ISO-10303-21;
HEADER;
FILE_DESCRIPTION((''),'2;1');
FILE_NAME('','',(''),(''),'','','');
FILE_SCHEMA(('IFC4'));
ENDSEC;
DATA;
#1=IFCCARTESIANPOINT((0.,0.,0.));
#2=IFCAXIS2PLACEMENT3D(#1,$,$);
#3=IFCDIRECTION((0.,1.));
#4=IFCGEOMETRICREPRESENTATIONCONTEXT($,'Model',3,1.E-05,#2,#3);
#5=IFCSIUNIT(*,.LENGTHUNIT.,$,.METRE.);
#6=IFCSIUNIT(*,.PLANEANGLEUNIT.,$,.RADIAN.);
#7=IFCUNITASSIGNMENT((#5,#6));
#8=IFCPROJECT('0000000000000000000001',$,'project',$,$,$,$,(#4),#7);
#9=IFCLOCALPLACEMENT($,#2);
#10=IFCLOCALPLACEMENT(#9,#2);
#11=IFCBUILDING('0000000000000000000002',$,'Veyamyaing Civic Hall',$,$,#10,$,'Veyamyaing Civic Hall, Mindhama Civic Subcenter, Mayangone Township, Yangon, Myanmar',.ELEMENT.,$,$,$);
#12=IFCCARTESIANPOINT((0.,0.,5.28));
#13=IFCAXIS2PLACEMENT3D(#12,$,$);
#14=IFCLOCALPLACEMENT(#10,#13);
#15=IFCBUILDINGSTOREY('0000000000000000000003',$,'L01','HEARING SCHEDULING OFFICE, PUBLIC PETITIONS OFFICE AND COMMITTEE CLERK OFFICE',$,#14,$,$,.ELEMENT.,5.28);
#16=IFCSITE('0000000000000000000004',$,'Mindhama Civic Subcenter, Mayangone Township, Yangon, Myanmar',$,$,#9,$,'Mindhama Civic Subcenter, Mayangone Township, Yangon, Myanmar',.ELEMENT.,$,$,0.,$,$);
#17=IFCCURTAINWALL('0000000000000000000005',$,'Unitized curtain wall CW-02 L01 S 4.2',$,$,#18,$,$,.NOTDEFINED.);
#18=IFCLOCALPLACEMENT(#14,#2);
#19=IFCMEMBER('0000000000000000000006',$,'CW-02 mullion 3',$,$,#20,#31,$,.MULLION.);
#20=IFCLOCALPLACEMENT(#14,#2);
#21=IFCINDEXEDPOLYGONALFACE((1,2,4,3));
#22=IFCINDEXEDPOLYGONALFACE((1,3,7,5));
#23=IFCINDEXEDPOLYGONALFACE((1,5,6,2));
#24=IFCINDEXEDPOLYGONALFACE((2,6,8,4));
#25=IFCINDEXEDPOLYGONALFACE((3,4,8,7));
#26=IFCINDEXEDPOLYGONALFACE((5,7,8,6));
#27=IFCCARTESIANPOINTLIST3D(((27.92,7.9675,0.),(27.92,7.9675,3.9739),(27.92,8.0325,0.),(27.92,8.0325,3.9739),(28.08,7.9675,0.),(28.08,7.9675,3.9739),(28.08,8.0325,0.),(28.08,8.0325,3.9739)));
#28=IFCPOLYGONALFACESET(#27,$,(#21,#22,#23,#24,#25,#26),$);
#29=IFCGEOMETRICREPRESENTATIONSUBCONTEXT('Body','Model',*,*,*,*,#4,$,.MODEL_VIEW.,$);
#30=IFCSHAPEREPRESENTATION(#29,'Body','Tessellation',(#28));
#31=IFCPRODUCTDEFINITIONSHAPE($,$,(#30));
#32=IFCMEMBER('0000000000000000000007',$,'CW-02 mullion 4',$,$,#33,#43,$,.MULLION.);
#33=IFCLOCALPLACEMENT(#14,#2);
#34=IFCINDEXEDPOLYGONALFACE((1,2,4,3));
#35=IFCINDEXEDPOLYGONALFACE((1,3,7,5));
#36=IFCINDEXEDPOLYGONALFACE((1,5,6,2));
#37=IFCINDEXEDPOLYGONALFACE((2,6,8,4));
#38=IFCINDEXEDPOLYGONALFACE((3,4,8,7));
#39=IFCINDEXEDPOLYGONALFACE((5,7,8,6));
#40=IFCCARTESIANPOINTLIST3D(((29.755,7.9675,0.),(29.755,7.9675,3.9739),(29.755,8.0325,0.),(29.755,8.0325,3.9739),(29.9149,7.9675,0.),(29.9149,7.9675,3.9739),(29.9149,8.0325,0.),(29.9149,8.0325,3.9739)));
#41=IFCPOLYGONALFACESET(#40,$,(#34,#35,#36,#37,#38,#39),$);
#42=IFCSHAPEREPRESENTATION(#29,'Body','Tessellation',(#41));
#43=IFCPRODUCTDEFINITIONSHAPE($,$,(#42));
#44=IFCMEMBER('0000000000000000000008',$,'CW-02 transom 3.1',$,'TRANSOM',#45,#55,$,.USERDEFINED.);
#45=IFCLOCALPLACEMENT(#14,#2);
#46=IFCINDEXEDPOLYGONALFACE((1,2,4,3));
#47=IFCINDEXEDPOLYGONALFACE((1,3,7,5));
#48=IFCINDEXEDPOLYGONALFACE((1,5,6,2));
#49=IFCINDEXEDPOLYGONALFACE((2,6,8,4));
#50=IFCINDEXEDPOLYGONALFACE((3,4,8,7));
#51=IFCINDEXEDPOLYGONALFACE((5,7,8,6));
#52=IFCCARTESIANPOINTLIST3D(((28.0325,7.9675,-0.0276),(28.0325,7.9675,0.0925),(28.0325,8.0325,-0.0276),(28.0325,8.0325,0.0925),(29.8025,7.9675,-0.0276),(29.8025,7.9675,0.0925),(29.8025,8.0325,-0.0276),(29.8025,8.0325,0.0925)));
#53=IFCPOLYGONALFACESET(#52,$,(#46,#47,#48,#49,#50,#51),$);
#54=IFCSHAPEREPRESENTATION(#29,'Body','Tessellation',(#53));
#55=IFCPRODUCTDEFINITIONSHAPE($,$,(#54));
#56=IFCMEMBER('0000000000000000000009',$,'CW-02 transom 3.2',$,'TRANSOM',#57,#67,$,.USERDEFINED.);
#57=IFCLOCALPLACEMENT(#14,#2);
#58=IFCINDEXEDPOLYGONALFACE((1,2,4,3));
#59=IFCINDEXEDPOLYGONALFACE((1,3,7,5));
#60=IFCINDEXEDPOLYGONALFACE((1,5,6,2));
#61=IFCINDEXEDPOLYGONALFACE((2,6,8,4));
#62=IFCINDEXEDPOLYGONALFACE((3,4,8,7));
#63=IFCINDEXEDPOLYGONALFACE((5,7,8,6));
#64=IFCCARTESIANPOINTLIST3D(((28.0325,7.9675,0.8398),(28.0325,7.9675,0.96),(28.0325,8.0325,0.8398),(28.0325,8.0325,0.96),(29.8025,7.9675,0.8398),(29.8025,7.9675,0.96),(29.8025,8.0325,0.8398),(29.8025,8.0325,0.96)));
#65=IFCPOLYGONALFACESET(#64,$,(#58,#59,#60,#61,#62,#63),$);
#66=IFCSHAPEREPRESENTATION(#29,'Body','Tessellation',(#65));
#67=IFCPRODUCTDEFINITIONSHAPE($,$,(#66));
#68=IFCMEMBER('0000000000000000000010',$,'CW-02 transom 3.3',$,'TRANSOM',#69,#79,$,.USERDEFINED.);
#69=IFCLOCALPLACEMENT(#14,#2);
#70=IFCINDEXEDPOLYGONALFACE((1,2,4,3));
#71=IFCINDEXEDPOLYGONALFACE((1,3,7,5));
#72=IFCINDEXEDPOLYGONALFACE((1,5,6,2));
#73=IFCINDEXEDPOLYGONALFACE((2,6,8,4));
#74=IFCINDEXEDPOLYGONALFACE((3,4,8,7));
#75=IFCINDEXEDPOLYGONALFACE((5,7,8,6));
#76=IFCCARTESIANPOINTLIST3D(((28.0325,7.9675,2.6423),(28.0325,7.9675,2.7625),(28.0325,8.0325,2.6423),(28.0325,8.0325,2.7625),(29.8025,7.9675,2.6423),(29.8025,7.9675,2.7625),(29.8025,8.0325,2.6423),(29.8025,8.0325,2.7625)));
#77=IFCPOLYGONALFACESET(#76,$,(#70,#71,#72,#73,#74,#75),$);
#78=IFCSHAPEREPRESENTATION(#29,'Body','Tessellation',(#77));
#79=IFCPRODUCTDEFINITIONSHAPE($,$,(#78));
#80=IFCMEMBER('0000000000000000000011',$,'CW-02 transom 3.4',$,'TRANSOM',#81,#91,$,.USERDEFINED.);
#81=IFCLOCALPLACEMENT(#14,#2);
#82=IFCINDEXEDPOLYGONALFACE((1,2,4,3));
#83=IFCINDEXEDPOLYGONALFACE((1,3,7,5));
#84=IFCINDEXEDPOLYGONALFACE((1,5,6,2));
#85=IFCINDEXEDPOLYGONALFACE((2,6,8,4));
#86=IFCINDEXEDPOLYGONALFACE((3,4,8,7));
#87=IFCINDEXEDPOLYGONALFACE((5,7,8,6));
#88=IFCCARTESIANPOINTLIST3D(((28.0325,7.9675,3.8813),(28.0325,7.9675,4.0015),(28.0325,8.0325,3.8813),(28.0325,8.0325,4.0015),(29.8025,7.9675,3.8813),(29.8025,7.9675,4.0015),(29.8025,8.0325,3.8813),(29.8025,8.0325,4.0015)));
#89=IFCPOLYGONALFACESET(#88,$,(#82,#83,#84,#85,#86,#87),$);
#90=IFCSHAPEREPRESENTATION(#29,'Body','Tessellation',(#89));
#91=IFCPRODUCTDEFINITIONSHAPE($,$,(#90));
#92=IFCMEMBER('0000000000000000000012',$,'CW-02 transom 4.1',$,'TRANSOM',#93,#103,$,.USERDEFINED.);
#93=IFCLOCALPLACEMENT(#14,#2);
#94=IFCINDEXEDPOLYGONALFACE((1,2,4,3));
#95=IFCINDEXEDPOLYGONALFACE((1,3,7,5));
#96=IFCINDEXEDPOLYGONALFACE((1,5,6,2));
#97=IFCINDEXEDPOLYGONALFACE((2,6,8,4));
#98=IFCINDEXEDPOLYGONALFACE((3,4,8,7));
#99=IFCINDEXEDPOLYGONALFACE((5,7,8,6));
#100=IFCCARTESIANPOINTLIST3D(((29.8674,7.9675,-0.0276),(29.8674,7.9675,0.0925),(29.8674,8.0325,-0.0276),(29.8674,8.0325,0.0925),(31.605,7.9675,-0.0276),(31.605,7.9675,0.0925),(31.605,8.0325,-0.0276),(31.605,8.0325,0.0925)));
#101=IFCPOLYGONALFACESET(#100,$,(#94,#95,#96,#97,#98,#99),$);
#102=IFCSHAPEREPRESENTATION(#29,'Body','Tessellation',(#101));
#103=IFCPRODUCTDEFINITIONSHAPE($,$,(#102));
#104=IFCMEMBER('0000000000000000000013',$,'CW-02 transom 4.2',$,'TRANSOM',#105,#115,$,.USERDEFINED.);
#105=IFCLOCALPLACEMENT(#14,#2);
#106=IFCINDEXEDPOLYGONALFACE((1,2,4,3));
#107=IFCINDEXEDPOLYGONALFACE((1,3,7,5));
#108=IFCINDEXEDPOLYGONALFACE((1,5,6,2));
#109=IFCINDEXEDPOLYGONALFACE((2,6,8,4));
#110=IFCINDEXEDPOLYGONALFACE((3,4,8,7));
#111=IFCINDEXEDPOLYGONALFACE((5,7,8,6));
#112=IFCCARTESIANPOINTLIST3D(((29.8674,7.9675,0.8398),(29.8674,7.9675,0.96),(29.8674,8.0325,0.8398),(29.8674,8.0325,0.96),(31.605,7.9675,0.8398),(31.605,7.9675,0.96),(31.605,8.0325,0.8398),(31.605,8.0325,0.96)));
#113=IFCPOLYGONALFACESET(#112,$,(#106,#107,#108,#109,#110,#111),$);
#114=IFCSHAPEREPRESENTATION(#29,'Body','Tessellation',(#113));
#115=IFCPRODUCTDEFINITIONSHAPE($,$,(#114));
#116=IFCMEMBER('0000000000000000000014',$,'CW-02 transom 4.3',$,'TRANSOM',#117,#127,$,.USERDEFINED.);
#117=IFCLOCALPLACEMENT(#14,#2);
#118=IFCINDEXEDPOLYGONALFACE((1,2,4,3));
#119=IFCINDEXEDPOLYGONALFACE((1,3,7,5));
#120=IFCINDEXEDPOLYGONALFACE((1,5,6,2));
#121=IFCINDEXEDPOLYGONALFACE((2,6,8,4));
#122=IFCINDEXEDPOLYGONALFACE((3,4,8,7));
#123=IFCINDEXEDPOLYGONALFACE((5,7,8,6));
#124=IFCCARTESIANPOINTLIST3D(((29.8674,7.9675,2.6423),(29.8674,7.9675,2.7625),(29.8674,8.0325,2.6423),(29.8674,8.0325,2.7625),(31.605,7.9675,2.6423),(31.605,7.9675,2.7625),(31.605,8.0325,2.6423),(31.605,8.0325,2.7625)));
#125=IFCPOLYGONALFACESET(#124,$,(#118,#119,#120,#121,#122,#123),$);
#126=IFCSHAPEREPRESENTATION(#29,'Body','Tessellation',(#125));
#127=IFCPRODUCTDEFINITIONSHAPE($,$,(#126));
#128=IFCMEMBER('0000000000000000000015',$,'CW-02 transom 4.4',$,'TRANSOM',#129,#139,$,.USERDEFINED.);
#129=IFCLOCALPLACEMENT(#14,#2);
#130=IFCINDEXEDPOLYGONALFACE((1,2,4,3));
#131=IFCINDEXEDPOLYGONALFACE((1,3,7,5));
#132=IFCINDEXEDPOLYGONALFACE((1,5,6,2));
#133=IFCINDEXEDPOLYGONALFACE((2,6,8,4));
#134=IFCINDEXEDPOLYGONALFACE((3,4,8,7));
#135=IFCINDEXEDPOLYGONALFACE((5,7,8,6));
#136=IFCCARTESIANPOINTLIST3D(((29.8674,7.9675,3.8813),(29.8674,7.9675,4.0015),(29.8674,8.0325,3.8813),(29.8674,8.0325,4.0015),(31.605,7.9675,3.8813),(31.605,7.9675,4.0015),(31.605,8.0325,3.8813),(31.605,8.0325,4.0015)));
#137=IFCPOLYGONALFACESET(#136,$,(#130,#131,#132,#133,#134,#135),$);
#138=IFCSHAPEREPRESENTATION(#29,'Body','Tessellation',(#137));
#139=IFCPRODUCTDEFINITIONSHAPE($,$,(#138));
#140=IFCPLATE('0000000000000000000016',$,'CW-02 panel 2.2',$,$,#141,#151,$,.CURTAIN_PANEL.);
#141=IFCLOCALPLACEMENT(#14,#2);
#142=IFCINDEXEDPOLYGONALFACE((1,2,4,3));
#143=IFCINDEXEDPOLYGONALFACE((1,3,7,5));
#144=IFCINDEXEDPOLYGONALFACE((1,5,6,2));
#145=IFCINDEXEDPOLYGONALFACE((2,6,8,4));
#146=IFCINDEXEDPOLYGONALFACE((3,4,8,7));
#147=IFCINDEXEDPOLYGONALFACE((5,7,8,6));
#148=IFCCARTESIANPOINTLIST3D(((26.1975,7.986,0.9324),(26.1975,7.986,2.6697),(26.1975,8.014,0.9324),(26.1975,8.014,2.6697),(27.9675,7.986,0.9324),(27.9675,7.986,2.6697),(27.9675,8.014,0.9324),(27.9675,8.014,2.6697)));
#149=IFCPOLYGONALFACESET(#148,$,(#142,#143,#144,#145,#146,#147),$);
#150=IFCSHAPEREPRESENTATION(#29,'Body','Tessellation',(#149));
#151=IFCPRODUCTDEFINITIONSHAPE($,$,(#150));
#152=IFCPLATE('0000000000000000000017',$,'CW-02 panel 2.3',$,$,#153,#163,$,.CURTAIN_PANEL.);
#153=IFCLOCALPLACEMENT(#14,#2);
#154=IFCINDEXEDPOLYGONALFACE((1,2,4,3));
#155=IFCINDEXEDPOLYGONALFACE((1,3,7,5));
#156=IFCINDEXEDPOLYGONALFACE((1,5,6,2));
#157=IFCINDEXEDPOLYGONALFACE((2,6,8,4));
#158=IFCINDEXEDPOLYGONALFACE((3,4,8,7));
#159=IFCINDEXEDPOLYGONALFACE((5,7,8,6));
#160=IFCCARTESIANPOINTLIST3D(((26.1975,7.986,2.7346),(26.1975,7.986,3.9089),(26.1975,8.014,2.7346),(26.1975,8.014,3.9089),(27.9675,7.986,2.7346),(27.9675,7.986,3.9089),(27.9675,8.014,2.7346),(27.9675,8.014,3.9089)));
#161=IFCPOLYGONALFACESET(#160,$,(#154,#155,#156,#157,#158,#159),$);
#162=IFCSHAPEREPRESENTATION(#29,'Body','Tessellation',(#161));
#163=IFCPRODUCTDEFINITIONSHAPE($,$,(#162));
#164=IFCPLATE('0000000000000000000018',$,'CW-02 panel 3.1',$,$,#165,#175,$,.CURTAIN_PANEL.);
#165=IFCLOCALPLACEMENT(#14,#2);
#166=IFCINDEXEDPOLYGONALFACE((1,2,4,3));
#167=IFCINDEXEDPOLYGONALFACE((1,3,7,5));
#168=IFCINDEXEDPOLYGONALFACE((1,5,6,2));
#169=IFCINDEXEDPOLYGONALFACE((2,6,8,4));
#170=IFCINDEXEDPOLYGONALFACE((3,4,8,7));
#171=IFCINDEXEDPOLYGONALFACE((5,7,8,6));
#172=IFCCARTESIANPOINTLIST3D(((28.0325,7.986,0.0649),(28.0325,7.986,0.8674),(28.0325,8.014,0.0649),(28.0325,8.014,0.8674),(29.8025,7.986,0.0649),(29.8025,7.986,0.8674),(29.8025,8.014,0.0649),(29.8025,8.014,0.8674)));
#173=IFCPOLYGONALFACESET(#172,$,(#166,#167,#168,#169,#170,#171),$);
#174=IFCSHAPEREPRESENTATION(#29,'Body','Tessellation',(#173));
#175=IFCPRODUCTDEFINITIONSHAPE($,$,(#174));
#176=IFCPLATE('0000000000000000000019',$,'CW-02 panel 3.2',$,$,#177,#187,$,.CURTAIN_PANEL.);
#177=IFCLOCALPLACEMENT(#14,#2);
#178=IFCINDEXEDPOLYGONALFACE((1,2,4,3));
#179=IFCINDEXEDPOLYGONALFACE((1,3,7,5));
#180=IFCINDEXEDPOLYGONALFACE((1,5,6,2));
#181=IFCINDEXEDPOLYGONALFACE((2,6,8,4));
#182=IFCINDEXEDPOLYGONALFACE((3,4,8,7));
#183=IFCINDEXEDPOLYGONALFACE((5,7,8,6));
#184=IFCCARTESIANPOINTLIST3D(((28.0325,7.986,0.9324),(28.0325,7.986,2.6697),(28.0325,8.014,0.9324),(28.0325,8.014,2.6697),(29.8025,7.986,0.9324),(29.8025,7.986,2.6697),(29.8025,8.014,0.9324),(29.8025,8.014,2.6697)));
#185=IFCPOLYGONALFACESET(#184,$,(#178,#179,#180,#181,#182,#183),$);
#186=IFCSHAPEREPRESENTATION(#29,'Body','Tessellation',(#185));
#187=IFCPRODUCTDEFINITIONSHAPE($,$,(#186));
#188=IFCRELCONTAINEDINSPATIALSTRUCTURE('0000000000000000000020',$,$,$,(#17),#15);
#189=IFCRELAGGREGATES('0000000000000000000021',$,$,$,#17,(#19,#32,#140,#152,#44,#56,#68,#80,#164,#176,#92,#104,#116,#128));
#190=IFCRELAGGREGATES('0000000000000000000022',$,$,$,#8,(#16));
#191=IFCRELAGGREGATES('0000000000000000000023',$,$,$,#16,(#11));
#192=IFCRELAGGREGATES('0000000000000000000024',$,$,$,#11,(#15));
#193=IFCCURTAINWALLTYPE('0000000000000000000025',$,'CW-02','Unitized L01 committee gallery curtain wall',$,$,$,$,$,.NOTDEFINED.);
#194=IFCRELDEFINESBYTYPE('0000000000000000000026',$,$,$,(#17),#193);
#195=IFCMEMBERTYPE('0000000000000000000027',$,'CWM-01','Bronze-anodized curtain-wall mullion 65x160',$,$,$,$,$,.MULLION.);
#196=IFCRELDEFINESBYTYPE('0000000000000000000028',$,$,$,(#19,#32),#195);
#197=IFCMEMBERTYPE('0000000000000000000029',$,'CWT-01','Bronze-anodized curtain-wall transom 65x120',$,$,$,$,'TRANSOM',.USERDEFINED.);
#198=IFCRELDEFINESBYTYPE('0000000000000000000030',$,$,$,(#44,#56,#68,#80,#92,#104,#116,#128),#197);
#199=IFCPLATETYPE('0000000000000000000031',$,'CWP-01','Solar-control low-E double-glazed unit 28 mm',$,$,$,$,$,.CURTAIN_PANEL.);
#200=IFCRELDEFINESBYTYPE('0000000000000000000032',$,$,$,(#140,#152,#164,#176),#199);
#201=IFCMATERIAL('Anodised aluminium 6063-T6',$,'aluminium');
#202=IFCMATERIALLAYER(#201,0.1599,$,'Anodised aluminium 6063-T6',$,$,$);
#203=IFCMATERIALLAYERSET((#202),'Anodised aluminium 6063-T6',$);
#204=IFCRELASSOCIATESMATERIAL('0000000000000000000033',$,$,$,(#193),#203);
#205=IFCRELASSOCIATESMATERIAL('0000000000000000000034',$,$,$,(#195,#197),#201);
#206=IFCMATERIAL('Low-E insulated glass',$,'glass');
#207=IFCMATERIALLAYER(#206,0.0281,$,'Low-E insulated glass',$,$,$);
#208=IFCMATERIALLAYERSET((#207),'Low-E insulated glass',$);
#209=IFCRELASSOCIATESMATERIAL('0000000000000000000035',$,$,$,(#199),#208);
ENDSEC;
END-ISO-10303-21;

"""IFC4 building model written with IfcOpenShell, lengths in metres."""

from ifc_helpers import new_model, si_unit, direction, frame, origin, origin_2d, place, context, subcontext, project, spatial, rectangle, extrude, material, layer, layer_set, material_profile, profile_set, type_object, element, aggregate, save


model = new_model("IFC4")

# Units and contexts
model_context = context("Model", 3, precision=1e-05, world=origin(), true_north=direction((0.0, 1.0)))
body_context = subcontext(model_context, "Body", "Model", "MODEL_VIEW")
ifc_project = project(units=[si_unit("LENGTHUNIT", "METRE"), si_unit("PLANEANGLEUNIT", "RADIAN")], contexts=[model_context])

# Site, building, storey
site_placement = place(None, origin())
site = spatial("IfcSite", under=ifc_project, at=site_placement, Name="Mindhama Civic Subcenter, Mayangone Township, Yangon, Myanmar", LongName="Mindhama Civic Subcenter, Mayangone Township, Yangon, Myanmar", CompositionType="ELEMENT", RefElevation=0.0)
building_placement = place(site_placement, origin())
building = spatial("IfcBuilding", under=site, at=building_placement, Name="Veyamyaing Civic Hall", LongName="Veyamyaing Civic Hall, Mindhama Civic Subcenter, Mayangone Township, Yangon, Myanmar", CompositionType="ELEMENT")
storey_placement = place(building_placement, frame((0.0, 0.0, 5.28)))
storey = spatial("IfcBuildingStorey", under=building, at=storey_placement, Name="L01", Description="HEARING SCHEDULING OFFICE, PUBLIC PETITIONS OFFICE AND COMMITTEE CLERK OFFICE", CompositionType="ELEMENT", Elevation=5.28)

# Curtain wall, members, plates
ifc_material_1 = material(Name="Anodised aluminium 6063-T6", Category="aluminium")
ifc_layer_1 = layer(ifc_material_1, 0.1599, Name="Anodised aluminium 6063-T6")
ifc_layer_set_1 = layer_set([ifc_layer_1], Name="Anodised aluminium 6063-T6")
curtain_wall_type = type_object("IfcCurtainWallType", Name="CW-02", Description="Unitized L01 committee gallery curtain wall", PredefinedType="NOTDEFINED", material=ifc_layer_set_1)
curtain_wall_placement = place(storey_placement, origin())
curtain_wall = element("IfcCurtainWall", 1, at=curtain_wall_placement, inside=storey, type_object=curtain_wall_type, Name="Unitized curtain wall CW-02 L01 S 4.2", PredefinedType="NOTDEFINED")
ifc_material_profile_1 = material_profile(ifc_material_1, rectangle(XDim=0.0649, YDim=0.1599, at=origin_2d()), Name="ALU-MUL-65X160")
ifc_profile_set_1 = profile_set([ifc_material_profile_1], Name="Anodised aluminium 6063-T6")
member_type_1 = type_object("IfcMemberType", Name="CWM-01", Description="Bronze-anodized curtain-wall mullion 65x160", PredefinedType="MULLION", material=ifc_profile_set_1)
member_1_placement = place(storey_placement, frame((28.0, 8.0, 0.0), z_axis=(0.0, 0.0, 1.0), x_axis=(0.0, 1.0, 0.0)))
member_1 = element("IfcMember", 2, at=member_1_placement, type_object=member_type_1, Name="CW-02 mullion 3", PredefinedType="MULLION", context=body_context, shape_type="SweptSolid", body=[
    extrude(rectangle(XDim=0.0649, YDim=0.1599, at=origin_2d()), origin(), (0.0, 0.0, 1.0), 3.9739),
])
member_2_placement = place(storey_placement, frame((29.835, 8.0, 0.0), z_axis=(0.0, 0.0, 1.0), x_axis=(0.0, 1.0, 0.0)))
member_2 = element("IfcMember", 3, at=member_2_placement, type_object=member_type_1, Name="CW-02 mullion 4", PredefinedType="MULLION", context=body_context, shape_type="SweptSolid", body=[
    extrude(rectangle(XDim=0.0649, YDim=0.1599, at=origin_2d()), origin(), (0.0, 0.0, 1.0), 3.9739),
])
ifc_material_profile_2 = material_profile(ifc_material_1, rectangle(XDim=0.0649, YDim=0.1201, at=origin_2d()), Name="ALU-TRN-65X120")
ifc_profile_set_2 = profile_set([ifc_material_profile_2], Name="Anodised aluminium 6063-T6")
member_type_2 = type_object("IfcMemberType", Name="CWT-01", Description="Bronze-anodized curtain-wall transom 65x120", ElementType="TRANSOM", PredefinedType="USERDEFINED", material=ifc_profile_set_2)
member_3_placement = place(storey_placement, frame((28.0325, 8.0, 0.0325), z_axis=(1.0, 0.0, 0.0), x_axis=(0.0, 1.0, 0.0)))
member_3 = element("IfcMember", 4, at=member_3_placement, type_object=member_type_2, Name="CW-02 transom 3.1", ObjectType="TRANSOM", PredefinedType="USERDEFINED", context=body_context, shape_type="SweptSolid", body=[
    extrude(rectangle(XDim=0.0649, YDim=0.1201, at=origin_2d()), origin(), (0.0, 0.0, 1.0), 1.77),
])
member_4_placement = place(storey_placement, frame((28.0325, 8.0, 0.8999), z_axis=(1.0, 0.0, 0.0), x_axis=(0.0, 1.0, 0.0)))
member_4 = element("IfcMember", 5, at=member_4_placement, type_object=member_type_2, Name="CW-02 transom 3.2", ObjectType="TRANSOM", PredefinedType="USERDEFINED", context=body_context, shape_type="SweptSolid", body=[
    extrude(rectangle(XDim=0.0649, YDim=0.1201, at=origin_2d()), origin(), (0.0, 0.0, 1.0), 1.77),
])
member_5_placement = place(storey_placement, frame((28.0325, 8.0, 2.7024), z_axis=(1.0, 0.0, 0.0), x_axis=(0.0, 1.0, 0.0)))
member_5 = element("IfcMember", 6, at=member_5_placement, type_object=member_type_2, Name="CW-02 transom 3.3", ObjectType="TRANSOM", PredefinedType="USERDEFINED", context=body_context, shape_type="SweptSolid", body=[
    extrude(rectangle(XDim=0.0649, YDim=0.1201, at=origin_2d()), origin(), (0.0, 0.0, 1.0), 1.77),
])
member_6_placement = place(storey_placement, frame((28.0325, 8.0, 3.9414), z_axis=(1.0, 0.0, 0.0), x_axis=(0.0, 1.0, 0.0)))
member_6 = element("IfcMember", 7, at=member_6_placement, type_object=member_type_2, Name="CW-02 transom 3.4", ObjectType="TRANSOM", PredefinedType="USERDEFINED", context=body_context, shape_type="SweptSolid", body=[
    extrude(rectangle(XDim=0.0649, YDim=0.1201, at=origin_2d()), origin(), (0.0, 0.0, 1.0), 1.77),
])
member_7_placement = place(storey_placement, frame((29.8674, 8.0, 0.0325), z_axis=(1.0, 0.0, 0.0), x_axis=(0.0, 1.0, 0.0)))
member_7 = element("IfcMember", 8, at=member_7_placement, type_object=member_type_2, Name="CW-02 transom 4.1", ObjectType="TRANSOM", PredefinedType="USERDEFINED", context=body_context, shape_type="SweptSolid", body=[
    extrude(rectangle(XDim=0.0649, YDim=0.1201, at=origin_2d()), origin(), (0.0, 0.0, 1.0), 1.7375),
])
member_8_placement = place(storey_placement, frame((29.8674, 8.0, 0.8999), z_axis=(1.0, 0.0, 0.0), x_axis=(0.0, 1.0, 0.0)))
member_8 = element("IfcMember", 9, at=member_8_placement, type_object=member_type_2, Name="CW-02 transom 4.2", ObjectType="TRANSOM", PredefinedType="USERDEFINED", context=body_context, shape_type="SweptSolid", body=[
    extrude(rectangle(XDim=0.0649, YDim=0.1201, at=origin_2d()), origin(), (0.0, 0.0, 1.0), 1.7375),
])
member_9_placement = place(storey_placement, frame((29.8674, 8.0, 2.7024), z_axis=(1.0, 0.0, 0.0), x_axis=(0.0, 1.0, 0.0)))
member_9 = element("IfcMember", 10, at=member_9_placement, type_object=member_type_2, Name="CW-02 transom 4.3", ObjectType="TRANSOM", PredefinedType="USERDEFINED", context=body_context, shape_type="SweptSolid", body=[
    extrude(rectangle(XDim=0.0649, YDim=0.1201, at=origin_2d()), origin(), (0.0, 0.0, 1.0), 1.7375),
])
member_10_placement = place(storey_placement, frame((29.8674, 8.0, 3.9414), z_axis=(1.0, 0.0, 0.0), x_axis=(0.0, 1.0, 0.0)))
member_10 = element("IfcMember", 11, at=member_10_placement, type_object=member_type_2, Name="CW-02 transom 4.4", ObjectType="TRANSOM", PredefinedType="USERDEFINED", context=body_context, shape_type="SweptSolid", body=[
    extrude(rectangle(XDim=0.0649, YDim=0.1201, at=origin_2d()), origin(), (0.0, 0.0, 1.0), 1.7375),
])
ifc_material_2 = material(Name="Low-E insulated glass", Category="glass")
ifc_layer_2 = layer(ifc_material_2, 0.0281, Name="Low-E insulated glass")
ifc_layer_set_2 = layer_set([ifc_layer_2], Name="Low-E insulated glass")
plate_type = type_object("IfcPlateType", Name="CWP-01", Description="Solar-control low-E double-glazed unit 28 mm", PredefinedType="CURTAIN_PANEL", material=ifc_layer_set_2)
plate_1_placement = place(storey_placement, frame((27.0825, 8.0, 0.9324), z_axis=(0.0, 0.0, 1.0), x_axis=(1.0, 0.0, 0.0)))
plate_1 = element("IfcPlate", 12, at=plate_1_placement, type_object=plate_type, Name="CW-02 panel 2.2", PredefinedType="CURTAIN_PANEL", context=body_context, shape_type="SweptSolid", body=[
    extrude(rectangle(XDim=1.77, YDim=0.0281, at=origin_2d()), origin(), (0.0, 0.0, 1.0), 1.7373),
])
plate_2_placement = place(storey_placement, frame((27.0825, 8.0, 2.7346), z_axis=(0.0, 0.0, 1.0), x_axis=(1.0, 0.0, 0.0)))
plate_2 = element("IfcPlate", 13, at=plate_2_placement, type_object=plate_type, Name="CW-02 panel 2.3", PredefinedType="CURTAIN_PANEL", context=body_context, shape_type="SweptSolid", body=[
    extrude(rectangle(XDim=1.77, YDim=0.0281, at=origin_2d()), origin(), (0.0, 0.0, 1.0), 1.1743),
])
plate_3_placement = place(storey_placement, frame((28.9175, 8.0, 0.0649), z_axis=(0.0, 0.0, 1.0), x_axis=(1.0, 0.0, 0.0)))
plate_3 = element("IfcPlate", 14, at=plate_3_placement, type_object=plate_type, Name="CW-02 panel 3.1", PredefinedType="CURTAIN_PANEL", context=body_context, shape_type="SweptSolid", body=[
    extrude(rectangle(XDim=1.77, YDim=0.0281, at=origin_2d()), origin(), (0.0, 0.0, 1.0), 0.8025),
])
plate_4_placement = place(storey_placement, frame((28.9175, 8.0, 0.9324), z_axis=(0.0, 0.0, 1.0), x_axis=(1.0, 0.0, 0.0)))
plate_4 = element("IfcPlate", 15, at=plate_4_placement, type_object=plate_type, Name="CW-02 panel 3.2", PredefinedType="CURTAIN_PANEL", context=body_context, shape_type="SweptSolid", body=[
    extrude(rectangle(XDim=1.77, YDim=0.0281, at=origin_2d()), origin(), (0.0, 0.0, 1.0), 1.7373),
])
aggregate(curtain_wall, [member_1, member_2, plate_1, plate_2, member_3, member_4, member_5, member_6, plate_3, plate_4, member_7, member_8, member_9, member_10])

save(model, "model.ifc")
